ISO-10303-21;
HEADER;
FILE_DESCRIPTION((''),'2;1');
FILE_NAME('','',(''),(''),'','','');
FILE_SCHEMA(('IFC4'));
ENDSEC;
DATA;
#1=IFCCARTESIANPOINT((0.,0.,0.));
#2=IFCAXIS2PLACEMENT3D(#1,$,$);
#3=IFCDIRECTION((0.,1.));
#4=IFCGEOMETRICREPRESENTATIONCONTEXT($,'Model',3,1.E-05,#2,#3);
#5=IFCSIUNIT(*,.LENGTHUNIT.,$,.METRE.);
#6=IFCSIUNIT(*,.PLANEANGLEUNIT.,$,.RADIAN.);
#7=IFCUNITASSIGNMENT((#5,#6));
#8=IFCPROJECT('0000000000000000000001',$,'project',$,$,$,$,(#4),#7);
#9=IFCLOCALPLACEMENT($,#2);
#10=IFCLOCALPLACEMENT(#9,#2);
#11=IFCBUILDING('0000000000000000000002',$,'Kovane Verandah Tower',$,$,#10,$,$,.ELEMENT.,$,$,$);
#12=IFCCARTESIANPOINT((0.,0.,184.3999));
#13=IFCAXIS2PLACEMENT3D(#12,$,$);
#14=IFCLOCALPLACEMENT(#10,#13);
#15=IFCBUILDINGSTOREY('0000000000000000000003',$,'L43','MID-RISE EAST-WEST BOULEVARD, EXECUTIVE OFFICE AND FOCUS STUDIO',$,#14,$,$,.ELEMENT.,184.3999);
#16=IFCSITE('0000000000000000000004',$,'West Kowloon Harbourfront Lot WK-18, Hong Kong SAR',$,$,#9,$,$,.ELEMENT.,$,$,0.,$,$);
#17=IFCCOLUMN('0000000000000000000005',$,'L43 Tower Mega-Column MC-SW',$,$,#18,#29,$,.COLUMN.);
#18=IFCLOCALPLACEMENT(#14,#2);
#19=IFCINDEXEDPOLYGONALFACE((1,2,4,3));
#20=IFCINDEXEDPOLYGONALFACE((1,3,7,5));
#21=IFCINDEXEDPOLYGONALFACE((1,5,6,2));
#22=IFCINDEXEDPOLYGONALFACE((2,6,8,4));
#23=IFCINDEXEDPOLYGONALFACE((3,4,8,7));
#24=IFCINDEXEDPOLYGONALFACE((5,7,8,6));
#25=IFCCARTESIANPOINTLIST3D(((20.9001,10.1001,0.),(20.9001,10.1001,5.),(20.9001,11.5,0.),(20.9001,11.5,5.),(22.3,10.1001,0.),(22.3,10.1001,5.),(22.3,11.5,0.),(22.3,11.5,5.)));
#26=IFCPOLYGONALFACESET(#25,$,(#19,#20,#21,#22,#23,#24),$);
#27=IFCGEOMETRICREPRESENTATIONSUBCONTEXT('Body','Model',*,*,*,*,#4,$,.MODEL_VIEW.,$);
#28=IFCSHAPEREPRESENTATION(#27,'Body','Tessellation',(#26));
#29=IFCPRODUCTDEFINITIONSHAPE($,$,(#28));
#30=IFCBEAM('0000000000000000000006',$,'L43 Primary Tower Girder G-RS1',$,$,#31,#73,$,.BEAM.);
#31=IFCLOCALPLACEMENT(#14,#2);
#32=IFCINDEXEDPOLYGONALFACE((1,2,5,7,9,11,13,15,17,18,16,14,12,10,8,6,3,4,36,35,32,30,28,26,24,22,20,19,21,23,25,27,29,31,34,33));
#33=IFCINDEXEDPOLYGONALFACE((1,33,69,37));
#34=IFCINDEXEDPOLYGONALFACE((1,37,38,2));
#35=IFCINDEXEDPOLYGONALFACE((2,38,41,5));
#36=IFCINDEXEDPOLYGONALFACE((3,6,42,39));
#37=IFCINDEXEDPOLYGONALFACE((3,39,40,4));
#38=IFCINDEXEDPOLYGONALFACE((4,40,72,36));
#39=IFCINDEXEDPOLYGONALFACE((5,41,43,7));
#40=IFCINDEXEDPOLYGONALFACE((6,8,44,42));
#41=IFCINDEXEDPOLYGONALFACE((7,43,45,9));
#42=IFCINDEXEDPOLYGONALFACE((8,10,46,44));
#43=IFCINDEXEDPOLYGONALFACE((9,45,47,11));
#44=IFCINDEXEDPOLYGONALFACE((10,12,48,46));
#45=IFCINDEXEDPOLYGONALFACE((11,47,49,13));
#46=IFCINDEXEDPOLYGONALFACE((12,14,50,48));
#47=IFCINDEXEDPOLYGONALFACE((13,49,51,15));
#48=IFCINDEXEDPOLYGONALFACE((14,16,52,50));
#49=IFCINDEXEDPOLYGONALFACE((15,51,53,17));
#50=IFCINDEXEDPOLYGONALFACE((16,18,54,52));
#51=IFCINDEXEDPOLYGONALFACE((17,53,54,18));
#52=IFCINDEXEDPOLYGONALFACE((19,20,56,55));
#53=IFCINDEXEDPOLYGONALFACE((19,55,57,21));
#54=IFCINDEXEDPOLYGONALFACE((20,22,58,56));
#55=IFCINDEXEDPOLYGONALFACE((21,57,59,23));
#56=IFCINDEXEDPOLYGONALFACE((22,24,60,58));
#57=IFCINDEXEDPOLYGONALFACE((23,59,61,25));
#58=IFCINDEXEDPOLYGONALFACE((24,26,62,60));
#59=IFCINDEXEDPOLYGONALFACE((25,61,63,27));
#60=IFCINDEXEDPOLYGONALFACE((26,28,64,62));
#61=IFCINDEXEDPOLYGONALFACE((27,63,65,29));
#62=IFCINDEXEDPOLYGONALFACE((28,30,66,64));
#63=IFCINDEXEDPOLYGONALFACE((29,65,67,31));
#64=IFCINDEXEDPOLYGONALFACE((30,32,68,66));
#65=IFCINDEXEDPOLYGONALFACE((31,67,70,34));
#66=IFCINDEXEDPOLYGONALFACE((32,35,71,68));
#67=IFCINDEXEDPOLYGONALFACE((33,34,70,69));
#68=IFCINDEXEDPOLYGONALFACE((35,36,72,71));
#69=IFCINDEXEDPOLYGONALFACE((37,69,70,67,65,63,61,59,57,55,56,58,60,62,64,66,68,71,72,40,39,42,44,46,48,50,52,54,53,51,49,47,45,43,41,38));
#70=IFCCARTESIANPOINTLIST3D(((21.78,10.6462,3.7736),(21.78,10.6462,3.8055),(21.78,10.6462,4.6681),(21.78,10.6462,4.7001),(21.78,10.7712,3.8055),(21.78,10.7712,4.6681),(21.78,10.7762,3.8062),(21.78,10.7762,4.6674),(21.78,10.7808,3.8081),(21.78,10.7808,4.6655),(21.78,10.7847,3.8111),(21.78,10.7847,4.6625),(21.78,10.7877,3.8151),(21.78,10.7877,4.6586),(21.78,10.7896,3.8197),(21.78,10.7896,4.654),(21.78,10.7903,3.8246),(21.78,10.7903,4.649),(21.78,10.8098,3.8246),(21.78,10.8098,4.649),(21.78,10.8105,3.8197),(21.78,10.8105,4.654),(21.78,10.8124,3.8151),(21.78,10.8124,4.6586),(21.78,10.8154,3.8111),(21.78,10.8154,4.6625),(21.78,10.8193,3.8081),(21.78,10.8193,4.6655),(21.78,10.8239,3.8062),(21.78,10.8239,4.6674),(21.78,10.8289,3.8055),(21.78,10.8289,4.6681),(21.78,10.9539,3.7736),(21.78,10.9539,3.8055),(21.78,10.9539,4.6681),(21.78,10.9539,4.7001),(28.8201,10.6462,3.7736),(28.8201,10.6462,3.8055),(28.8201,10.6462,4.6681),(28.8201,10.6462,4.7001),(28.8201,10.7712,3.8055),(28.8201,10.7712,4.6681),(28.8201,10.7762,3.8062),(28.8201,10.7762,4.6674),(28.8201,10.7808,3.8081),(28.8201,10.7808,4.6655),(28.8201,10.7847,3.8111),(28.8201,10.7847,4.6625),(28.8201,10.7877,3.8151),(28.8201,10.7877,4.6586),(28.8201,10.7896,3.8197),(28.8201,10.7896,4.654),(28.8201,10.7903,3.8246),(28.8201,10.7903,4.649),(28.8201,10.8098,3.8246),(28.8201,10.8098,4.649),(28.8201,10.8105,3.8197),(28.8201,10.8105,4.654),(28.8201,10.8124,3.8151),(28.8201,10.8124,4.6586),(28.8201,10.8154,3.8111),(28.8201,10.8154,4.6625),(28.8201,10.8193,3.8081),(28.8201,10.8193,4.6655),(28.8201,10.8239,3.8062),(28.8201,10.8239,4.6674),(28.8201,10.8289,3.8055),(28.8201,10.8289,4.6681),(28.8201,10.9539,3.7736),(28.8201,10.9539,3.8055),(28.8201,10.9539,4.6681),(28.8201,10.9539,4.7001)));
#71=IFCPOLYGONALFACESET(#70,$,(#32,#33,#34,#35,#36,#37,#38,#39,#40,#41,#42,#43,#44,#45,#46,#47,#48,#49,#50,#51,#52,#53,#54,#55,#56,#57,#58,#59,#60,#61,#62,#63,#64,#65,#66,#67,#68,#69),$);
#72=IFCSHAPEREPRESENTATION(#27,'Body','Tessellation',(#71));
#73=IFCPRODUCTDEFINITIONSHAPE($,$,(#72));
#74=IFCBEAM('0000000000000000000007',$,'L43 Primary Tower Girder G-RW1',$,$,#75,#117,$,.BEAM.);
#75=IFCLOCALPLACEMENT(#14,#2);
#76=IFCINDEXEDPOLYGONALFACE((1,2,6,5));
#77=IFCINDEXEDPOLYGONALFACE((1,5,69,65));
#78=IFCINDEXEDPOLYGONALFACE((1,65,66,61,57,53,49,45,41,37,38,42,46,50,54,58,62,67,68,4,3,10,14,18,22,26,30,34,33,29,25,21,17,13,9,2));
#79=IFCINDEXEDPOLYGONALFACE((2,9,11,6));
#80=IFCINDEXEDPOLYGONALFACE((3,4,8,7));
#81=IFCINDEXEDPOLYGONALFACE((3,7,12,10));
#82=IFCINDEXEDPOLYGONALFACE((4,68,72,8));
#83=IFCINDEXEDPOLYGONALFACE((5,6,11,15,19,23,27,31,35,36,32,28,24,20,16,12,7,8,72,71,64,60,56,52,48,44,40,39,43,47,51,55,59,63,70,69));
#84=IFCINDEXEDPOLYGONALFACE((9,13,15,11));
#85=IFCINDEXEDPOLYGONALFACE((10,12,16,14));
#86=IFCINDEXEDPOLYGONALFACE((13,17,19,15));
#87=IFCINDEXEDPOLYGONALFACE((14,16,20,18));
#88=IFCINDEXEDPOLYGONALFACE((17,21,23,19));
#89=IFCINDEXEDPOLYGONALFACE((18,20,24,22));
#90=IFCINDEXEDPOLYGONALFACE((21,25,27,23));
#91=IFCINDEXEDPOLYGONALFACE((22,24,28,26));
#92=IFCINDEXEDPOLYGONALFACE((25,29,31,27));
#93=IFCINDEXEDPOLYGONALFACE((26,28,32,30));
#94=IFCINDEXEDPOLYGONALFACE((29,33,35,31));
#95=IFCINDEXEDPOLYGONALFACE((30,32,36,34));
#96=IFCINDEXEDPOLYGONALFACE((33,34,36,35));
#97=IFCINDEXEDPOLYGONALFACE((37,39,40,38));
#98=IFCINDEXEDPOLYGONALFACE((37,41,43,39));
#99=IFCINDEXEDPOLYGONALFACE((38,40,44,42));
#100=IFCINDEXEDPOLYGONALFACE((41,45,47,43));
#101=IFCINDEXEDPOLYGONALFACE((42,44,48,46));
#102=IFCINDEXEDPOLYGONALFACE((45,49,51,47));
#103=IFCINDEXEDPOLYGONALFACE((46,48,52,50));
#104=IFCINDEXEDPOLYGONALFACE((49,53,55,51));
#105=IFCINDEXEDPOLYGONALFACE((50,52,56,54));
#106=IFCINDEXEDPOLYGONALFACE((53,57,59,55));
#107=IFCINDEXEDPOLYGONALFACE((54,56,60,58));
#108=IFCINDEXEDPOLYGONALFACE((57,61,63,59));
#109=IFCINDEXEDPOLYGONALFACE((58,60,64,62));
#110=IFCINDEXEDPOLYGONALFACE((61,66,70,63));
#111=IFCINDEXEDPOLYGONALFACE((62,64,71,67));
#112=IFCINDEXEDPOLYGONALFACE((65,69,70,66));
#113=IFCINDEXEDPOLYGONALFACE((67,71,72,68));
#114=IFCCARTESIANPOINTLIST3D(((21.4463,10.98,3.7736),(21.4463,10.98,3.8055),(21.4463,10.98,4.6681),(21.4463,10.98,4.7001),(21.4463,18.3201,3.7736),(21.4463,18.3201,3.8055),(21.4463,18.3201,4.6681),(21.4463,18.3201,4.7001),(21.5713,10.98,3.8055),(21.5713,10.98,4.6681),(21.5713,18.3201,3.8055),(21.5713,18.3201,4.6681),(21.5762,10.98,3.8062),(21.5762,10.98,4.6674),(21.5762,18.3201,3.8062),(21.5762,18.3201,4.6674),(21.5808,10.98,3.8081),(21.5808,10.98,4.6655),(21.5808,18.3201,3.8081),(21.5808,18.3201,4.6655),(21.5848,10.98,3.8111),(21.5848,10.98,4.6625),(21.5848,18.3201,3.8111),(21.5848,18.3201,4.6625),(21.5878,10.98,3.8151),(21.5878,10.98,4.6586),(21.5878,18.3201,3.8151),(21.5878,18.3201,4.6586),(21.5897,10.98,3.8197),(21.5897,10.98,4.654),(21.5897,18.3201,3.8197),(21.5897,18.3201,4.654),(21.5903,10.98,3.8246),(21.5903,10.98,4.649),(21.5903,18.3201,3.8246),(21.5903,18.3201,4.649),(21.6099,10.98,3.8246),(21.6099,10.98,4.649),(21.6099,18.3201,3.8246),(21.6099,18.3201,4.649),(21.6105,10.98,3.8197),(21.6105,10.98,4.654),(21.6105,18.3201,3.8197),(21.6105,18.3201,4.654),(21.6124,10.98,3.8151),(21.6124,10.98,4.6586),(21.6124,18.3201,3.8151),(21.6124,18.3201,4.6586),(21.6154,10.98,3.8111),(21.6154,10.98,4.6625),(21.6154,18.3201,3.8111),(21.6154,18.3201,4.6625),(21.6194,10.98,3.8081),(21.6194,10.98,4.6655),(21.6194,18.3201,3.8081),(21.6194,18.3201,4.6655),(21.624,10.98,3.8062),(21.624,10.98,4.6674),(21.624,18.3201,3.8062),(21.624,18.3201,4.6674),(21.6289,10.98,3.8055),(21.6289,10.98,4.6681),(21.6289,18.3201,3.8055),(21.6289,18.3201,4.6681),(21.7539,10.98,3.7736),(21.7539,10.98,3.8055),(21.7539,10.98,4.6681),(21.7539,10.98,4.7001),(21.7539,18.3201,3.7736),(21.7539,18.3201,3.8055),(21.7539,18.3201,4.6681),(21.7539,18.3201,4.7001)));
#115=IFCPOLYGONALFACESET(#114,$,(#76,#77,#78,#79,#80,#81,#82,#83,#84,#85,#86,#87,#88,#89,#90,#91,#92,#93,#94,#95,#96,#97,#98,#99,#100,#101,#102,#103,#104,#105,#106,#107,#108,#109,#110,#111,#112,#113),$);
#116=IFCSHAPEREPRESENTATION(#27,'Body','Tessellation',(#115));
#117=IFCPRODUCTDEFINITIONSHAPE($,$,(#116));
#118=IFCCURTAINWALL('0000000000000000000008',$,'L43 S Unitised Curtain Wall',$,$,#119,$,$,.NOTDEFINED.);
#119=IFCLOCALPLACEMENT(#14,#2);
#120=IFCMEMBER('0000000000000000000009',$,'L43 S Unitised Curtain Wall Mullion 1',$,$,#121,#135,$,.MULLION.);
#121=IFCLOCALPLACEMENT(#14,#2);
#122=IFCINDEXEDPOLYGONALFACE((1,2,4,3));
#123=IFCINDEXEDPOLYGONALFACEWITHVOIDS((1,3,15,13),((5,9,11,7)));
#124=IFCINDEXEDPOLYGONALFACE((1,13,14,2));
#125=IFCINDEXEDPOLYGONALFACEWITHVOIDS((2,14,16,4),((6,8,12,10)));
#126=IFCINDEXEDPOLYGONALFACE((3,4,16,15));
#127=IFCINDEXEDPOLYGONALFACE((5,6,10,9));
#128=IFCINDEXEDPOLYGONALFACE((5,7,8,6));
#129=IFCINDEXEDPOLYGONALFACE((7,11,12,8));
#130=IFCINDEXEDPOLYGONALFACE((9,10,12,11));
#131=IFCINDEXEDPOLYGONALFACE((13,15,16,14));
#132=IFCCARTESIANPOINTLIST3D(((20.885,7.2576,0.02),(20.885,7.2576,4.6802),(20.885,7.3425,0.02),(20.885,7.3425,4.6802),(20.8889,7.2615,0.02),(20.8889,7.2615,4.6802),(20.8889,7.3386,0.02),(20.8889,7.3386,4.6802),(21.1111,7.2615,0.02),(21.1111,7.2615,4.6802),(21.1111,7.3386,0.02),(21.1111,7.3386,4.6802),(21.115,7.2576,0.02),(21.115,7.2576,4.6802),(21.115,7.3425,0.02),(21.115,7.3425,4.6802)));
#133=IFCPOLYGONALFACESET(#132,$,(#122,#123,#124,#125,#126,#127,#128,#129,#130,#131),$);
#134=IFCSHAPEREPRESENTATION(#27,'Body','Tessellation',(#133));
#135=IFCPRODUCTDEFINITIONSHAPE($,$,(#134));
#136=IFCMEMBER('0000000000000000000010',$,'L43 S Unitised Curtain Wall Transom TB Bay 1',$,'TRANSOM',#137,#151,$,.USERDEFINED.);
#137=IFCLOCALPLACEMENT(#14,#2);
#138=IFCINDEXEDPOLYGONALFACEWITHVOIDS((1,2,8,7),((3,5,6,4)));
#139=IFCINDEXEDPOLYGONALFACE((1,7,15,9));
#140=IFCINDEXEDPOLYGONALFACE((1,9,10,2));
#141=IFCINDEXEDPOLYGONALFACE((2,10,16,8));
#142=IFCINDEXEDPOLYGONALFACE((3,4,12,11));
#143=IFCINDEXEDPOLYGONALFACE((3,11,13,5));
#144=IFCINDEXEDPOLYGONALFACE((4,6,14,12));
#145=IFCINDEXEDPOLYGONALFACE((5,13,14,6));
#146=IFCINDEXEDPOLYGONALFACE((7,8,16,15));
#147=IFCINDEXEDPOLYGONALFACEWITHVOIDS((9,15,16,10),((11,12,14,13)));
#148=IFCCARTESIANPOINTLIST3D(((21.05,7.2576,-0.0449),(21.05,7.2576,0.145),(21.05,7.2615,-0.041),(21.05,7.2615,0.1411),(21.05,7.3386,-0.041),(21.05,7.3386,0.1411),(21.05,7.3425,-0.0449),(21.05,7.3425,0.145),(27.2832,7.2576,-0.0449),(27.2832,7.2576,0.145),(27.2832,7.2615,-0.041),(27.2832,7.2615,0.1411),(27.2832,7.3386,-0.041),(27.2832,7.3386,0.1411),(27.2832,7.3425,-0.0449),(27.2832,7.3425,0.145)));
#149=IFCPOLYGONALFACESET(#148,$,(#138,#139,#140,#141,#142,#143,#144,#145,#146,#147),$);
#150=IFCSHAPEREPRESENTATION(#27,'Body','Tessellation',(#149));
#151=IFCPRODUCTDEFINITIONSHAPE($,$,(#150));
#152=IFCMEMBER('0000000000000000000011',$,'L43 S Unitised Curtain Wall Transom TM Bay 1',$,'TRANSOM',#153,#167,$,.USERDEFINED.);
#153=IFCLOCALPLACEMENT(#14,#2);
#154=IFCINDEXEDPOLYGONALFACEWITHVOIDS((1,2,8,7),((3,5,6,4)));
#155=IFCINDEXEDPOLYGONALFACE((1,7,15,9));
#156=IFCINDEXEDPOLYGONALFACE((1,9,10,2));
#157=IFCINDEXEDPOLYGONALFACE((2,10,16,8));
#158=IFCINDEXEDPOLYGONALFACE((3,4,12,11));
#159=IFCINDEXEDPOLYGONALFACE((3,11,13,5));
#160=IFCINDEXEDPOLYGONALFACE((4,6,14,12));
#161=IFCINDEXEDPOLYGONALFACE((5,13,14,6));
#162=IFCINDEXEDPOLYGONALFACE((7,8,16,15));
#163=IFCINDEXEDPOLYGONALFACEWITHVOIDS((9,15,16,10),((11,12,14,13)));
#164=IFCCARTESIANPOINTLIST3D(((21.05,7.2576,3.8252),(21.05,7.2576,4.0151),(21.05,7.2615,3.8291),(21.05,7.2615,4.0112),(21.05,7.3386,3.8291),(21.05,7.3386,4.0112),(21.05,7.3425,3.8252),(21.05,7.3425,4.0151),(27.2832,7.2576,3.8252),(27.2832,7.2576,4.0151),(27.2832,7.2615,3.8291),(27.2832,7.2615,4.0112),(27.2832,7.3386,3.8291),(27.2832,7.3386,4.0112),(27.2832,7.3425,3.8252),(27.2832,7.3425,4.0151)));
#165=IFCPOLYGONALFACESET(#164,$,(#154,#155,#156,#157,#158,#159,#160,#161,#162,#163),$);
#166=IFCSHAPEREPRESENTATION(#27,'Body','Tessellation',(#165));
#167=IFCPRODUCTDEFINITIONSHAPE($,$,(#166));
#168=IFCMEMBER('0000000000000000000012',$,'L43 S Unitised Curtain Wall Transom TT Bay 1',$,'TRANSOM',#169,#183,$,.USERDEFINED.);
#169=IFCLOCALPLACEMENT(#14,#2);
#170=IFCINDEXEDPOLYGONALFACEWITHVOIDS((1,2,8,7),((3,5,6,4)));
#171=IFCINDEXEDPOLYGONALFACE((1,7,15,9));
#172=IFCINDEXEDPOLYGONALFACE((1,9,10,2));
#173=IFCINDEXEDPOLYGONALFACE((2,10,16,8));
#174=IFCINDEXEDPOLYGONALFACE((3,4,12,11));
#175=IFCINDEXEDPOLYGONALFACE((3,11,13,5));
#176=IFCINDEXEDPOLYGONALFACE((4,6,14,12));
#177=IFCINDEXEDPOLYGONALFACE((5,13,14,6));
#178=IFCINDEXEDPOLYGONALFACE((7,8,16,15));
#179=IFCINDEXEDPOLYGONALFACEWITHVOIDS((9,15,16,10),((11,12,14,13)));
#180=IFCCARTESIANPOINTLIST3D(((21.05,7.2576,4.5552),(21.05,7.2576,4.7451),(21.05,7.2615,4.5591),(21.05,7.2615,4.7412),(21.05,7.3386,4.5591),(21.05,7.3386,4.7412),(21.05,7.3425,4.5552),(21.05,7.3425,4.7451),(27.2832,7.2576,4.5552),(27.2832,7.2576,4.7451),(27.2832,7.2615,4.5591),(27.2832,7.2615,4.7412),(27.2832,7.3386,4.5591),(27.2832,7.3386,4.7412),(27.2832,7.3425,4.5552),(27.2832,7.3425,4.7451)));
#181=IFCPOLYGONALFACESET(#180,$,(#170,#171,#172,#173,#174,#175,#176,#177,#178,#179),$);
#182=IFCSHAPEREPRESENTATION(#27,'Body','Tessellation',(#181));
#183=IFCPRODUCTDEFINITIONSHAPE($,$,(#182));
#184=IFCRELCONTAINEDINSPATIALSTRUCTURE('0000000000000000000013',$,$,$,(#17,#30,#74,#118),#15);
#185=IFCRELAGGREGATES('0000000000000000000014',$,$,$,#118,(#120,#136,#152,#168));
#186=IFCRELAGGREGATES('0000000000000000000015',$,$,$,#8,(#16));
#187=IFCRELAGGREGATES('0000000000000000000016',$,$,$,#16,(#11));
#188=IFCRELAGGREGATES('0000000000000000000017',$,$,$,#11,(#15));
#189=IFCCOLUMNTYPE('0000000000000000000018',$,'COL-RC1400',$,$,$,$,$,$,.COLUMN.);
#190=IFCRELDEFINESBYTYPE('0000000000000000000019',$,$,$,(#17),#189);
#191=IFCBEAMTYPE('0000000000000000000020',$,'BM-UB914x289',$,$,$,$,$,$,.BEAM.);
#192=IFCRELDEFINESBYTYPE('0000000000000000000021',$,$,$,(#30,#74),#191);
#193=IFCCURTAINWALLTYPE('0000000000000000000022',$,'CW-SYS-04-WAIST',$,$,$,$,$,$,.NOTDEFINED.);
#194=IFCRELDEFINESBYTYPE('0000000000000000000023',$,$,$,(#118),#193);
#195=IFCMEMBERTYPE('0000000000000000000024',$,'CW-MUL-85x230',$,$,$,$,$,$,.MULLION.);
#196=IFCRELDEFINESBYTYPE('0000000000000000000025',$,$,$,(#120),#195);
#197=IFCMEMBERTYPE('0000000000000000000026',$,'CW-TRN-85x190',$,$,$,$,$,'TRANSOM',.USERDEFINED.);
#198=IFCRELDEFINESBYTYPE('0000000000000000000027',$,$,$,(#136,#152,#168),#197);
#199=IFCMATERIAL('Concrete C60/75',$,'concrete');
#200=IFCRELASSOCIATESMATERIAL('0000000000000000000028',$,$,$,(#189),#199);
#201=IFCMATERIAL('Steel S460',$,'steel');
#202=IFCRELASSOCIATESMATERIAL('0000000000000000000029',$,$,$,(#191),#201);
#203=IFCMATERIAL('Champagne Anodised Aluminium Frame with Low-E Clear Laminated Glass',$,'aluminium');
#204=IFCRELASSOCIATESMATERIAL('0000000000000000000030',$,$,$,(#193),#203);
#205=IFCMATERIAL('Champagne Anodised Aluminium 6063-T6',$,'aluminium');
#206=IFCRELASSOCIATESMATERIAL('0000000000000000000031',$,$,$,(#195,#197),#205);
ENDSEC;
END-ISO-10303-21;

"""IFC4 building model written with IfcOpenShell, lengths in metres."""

from ifc_helpers import new_model, si_unit, direction, frame, origin, origin_2d, place, context, subcontext, project, spatial, rectangle, hollow_rectangle, i_section, extrude, material, material_profile, profile_set, type_object, element, aggregate, save


model = new_model("IFC4")

# Units and contexts
model_context = context("Model", 3, precision=1e-05, world=origin(), true_north=direction((0.0, 1.0)))
body_context = subcontext(model_context, "Body", "Model", "MODEL_VIEW")
ifc_project = project(units=[si_unit("LENGTHUNIT", "METRE"), si_unit("PLANEANGLEUNIT", "RADIAN")], contexts=[model_context])

# Site, building, storey
site_placement = place(None, origin())
site = spatial("IfcSite", under=ifc_project, at=site_placement, Name="West Kowloon Harbourfront Lot WK-18, Hong Kong SAR", CompositionType="ELEMENT", RefElevation=0.0)
building_placement = place(site_placement, origin())
building = spatial("IfcBuilding", under=site, at=building_placement, Name="Kovane Verandah Tower", CompositionType="ELEMENT")
storey_placement = place(building_placement, frame((0.0, 0.0, 184.3999)))
storey = spatial("IfcBuildingStorey", under=building, at=storey_placement, Name="L43", Description="MID-RISE EAST-WEST BOULEVARD, EXECUTIVE OFFICE AND FOCUS STUDIO", CompositionType="ELEMENT", Elevation=184.3999)

# Column
ifc_material_1 = material(Name="Concrete C60/75", Category="concrete")
ifc_material_profile_1 = material_profile(ifc_material_1, rectangle(XDim=1.3999, YDim=1.3999, at=origin_2d()), Name="RC1400x1400")
ifc_profile_set_1 = profile_set([ifc_material_profile_1], Name="Concrete C60/75")
column_type = type_object("IfcColumnType", Name="COL-RC1400", PredefinedType="COLUMN", material=ifc_profile_set_1)
column_placement = place(storey_placement, frame((21.6001, 10.8, 0.0), z_axis=(0.0, 0.0, 1.0), x_axis=(1.0, 0.0, 0.0)))
element("IfcColumn", 1, at=column_placement, inside=storey, type_object=column_type, Name="L43 Tower Mega-Column MC-SW", PredefinedType="COLUMN", context=body_context, shape_type="SweptSolid", body=[
    extrude(rectangle(XDim=1.3999, YDim=1.3999, at=origin_2d()), origin(), (0.0, 0.0, 1.0), 5.0),
])

# Beams
ifc_material_2 = material(Name="Steel S460", Category="steel")
ifc_material_profile_2 = material_profile(ifc_material_2, i_section(OverallWidth=0.3076, OverallDepth=0.9265, WebThickness=0.0195, FlangeThickness=0.032, FilletRadius=0.019, at=origin_2d()), Name="UB914x305x289")
ifc_profile_set_2 = profile_set([ifc_material_profile_2], Name="Steel S460")
beam_type = type_object("IfcBeamType", Name="BM-UB914x289", PredefinedType="BEAM", material=ifc_profile_set_2)
beam_1_placement = place(storey_placement, frame((21.78, 10.8, 4.2368), z_axis=(1.0, 0.0, 0.0), x_axis=(0.0, 1.0, 0.0)))
element("IfcBeam", 2, at=beam_1_placement, inside=storey, type_object=beam_type, Name="L43 Primary Tower Girder G-RS1", PredefinedType="BEAM", context=body_context, shape_type="SweptSolid", body=[
    extrude(i_section(OverallWidth=0.3076, OverallDepth=0.9265, WebThickness=0.0195, FlangeThickness=0.032, FilletRadius=0.019, at=origin_2d()), origin(), (0.0, 0.0, 1.0), 7.04),
])
beam_2_placement = place(storey_placement, frame((21.6001, 10.98, 4.2368), z_axis=(0.0, 1.0, 0.0), x_axis=(-1.0, 0.0, 0.0)))
element("IfcBeam", 3, at=beam_2_placement, inside=storey, type_object=beam_type, Name="L43 Primary Tower Girder G-RW1", PredefinedType="BEAM", context=body_context, shape_type="SweptSolid", body=[
    extrude(i_section(OverallWidth=0.3076, OverallDepth=0.9265, WebThickness=0.0195, FlangeThickness=0.032, FilletRadius=0.019, at=origin_2d()), origin(), (0.0, 0.0, 1.0), 7.3401),
])

# Curtain wall, members
ifc_material_3 = material(Name="Champagne Anodised Aluminium Frame with Low-E Clear Laminated Glass", Category="aluminium")
curtain_wall_type = type_object("IfcCurtainWallType", Name="CW-SYS-04-WAIST", PredefinedType="NOTDEFINED", material=ifc_material_3)
curtain_wall_placement = place(storey_placement, origin())
curtain_wall = element("IfcCurtainWall", 4, at=curtain_wall_placement, inside=storey, type_object=curtain_wall_type, Name="L43 S Unitised Curtain Wall", PredefinedType="NOTDEFINED")
ifc_material_4 = material(Name="Champagne Anodised Aluminium 6063-T6", Category="aluminium")
ifc_material_profile_3 = material_profile(ifc_material_4, hollow_rectangle(XDim=0.085, YDim=0.23, WallThickness=0.0039, at=origin_2d()), Name="AL85x230x4")
ifc_profile_set_3 = profile_set([ifc_material_profile_3], Name="Champagne Anodised Aluminium 6063-T6")
member_type_1 = type_object("IfcMemberType", Name="CW-MUL-85x230", PredefinedType="MULLION", material=ifc_profile_set_3)
member_1_placement = place(storey_placement, frame((21.0, 7.3, 0.02), z_axis=(0.0, 0.0, 1.0), x_axis=(0.0, -1.0, 0.0)))
member_1 = element("IfcMember", 5, at=member_1_placement, type_object=member_type_1, Name="L43 S Unitised Curtain Wall Mullion 1", PredefinedType="MULLION", context=body_context, shape_type="SweptSolid", body=[
    extrude(hollow_rectangle(XDim=0.085, YDim=0.23, WallThickness=0.0039, at=origin_2d()), origin(), (0.0, 0.0, 1.0), 4.6602),
])
ifc_material_profile_4 = material_profile(ifc_material_4, hollow_rectangle(XDim=0.085, YDim=0.1899, WallThickness=0.0039, at=origin_2d()), Name="AL85x190x4")
ifc_profile_set_4 = profile_set([ifc_material_profile_4], Name="Champagne Anodised Aluminium 6063-T6")
member_type_2 = type_object("IfcMemberType", Name="CW-TRN-85x190", ElementType="TRANSOM", PredefinedType="USERDEFINED", material=ifc_profile_set_4)
member_2_placement = place(storey_placement, frame((21.05, 7.3, 0.05), z_axis=(1.0, 0.0, 0.0), x_axis=(0.0, 1.0, 0.0)))
member_2 = element("IfcMember", 6, at=member_2_placement, type_object=member_type_2, Name="L43 S Unitised Curtain Wall Transom TB Bay 1", ObjectType="TRANSOM", PredefinedType="USERDEFINED", context=body_context, shape_type="SweptSolid", body=[
    extrude(hollow_rectangle(XDim=0.085, YDim=0.1899, WallThickness=0.0039, at=origin_2d()), origin(), (0.0, 0.0, 1.0), 6.2332),
])
member_3_placement = place(storey_placement, frame((21.05, 7.3, 3.9202), z_axis=(1.0, 0.0, 0.0), x_axis=(0.0, 1.0, 0.0)))
member_3 = element("IfcMember", 7, at=member_3_placement, type_object=member_type_2, Name="L43 S Unitised Curtain Wall Transom TM Bay 1", ObjectType="TRANSOM", PredefinedType="USERDEFINED", context=body_context, shape_type="SweptSolid", body=[
    extrude(hollow_rectangle(XDim=0.085, YDim=0.1899, WallThickness=0.0039, at=origin_2d()), origin(), (0.0, 0.0, 1.0), 6.2332),
])
member_4_placement = place(storey_placement, frame((21.05, 7.3, 4.6501), z_axis=(1.0, 0.0, 0.0), x_axis=(0.0, 1.0, 0.0)))
member_4 = element("IfcMember", 8, at=member_4_placement, type_object=member_type_2, Name="L43 S Unitised Curtain Wall Transom TT Bay 1", ObjectType="TRANSOM", PredefinedType="USERDEFINED", context=body_context, shape_type="SweptSolid", body=[
    extrude(hollow_rectangle(XDim=0.085, YDim=0.1899, WallThickness=0.0039, at=origin_2d()), origin(), (0.0, 0.0, 1.0), 6.2332),
])
aggregate(curtain_wall, [member_1, member_2, member_3, member_4])

save(model, "model.ifc")
